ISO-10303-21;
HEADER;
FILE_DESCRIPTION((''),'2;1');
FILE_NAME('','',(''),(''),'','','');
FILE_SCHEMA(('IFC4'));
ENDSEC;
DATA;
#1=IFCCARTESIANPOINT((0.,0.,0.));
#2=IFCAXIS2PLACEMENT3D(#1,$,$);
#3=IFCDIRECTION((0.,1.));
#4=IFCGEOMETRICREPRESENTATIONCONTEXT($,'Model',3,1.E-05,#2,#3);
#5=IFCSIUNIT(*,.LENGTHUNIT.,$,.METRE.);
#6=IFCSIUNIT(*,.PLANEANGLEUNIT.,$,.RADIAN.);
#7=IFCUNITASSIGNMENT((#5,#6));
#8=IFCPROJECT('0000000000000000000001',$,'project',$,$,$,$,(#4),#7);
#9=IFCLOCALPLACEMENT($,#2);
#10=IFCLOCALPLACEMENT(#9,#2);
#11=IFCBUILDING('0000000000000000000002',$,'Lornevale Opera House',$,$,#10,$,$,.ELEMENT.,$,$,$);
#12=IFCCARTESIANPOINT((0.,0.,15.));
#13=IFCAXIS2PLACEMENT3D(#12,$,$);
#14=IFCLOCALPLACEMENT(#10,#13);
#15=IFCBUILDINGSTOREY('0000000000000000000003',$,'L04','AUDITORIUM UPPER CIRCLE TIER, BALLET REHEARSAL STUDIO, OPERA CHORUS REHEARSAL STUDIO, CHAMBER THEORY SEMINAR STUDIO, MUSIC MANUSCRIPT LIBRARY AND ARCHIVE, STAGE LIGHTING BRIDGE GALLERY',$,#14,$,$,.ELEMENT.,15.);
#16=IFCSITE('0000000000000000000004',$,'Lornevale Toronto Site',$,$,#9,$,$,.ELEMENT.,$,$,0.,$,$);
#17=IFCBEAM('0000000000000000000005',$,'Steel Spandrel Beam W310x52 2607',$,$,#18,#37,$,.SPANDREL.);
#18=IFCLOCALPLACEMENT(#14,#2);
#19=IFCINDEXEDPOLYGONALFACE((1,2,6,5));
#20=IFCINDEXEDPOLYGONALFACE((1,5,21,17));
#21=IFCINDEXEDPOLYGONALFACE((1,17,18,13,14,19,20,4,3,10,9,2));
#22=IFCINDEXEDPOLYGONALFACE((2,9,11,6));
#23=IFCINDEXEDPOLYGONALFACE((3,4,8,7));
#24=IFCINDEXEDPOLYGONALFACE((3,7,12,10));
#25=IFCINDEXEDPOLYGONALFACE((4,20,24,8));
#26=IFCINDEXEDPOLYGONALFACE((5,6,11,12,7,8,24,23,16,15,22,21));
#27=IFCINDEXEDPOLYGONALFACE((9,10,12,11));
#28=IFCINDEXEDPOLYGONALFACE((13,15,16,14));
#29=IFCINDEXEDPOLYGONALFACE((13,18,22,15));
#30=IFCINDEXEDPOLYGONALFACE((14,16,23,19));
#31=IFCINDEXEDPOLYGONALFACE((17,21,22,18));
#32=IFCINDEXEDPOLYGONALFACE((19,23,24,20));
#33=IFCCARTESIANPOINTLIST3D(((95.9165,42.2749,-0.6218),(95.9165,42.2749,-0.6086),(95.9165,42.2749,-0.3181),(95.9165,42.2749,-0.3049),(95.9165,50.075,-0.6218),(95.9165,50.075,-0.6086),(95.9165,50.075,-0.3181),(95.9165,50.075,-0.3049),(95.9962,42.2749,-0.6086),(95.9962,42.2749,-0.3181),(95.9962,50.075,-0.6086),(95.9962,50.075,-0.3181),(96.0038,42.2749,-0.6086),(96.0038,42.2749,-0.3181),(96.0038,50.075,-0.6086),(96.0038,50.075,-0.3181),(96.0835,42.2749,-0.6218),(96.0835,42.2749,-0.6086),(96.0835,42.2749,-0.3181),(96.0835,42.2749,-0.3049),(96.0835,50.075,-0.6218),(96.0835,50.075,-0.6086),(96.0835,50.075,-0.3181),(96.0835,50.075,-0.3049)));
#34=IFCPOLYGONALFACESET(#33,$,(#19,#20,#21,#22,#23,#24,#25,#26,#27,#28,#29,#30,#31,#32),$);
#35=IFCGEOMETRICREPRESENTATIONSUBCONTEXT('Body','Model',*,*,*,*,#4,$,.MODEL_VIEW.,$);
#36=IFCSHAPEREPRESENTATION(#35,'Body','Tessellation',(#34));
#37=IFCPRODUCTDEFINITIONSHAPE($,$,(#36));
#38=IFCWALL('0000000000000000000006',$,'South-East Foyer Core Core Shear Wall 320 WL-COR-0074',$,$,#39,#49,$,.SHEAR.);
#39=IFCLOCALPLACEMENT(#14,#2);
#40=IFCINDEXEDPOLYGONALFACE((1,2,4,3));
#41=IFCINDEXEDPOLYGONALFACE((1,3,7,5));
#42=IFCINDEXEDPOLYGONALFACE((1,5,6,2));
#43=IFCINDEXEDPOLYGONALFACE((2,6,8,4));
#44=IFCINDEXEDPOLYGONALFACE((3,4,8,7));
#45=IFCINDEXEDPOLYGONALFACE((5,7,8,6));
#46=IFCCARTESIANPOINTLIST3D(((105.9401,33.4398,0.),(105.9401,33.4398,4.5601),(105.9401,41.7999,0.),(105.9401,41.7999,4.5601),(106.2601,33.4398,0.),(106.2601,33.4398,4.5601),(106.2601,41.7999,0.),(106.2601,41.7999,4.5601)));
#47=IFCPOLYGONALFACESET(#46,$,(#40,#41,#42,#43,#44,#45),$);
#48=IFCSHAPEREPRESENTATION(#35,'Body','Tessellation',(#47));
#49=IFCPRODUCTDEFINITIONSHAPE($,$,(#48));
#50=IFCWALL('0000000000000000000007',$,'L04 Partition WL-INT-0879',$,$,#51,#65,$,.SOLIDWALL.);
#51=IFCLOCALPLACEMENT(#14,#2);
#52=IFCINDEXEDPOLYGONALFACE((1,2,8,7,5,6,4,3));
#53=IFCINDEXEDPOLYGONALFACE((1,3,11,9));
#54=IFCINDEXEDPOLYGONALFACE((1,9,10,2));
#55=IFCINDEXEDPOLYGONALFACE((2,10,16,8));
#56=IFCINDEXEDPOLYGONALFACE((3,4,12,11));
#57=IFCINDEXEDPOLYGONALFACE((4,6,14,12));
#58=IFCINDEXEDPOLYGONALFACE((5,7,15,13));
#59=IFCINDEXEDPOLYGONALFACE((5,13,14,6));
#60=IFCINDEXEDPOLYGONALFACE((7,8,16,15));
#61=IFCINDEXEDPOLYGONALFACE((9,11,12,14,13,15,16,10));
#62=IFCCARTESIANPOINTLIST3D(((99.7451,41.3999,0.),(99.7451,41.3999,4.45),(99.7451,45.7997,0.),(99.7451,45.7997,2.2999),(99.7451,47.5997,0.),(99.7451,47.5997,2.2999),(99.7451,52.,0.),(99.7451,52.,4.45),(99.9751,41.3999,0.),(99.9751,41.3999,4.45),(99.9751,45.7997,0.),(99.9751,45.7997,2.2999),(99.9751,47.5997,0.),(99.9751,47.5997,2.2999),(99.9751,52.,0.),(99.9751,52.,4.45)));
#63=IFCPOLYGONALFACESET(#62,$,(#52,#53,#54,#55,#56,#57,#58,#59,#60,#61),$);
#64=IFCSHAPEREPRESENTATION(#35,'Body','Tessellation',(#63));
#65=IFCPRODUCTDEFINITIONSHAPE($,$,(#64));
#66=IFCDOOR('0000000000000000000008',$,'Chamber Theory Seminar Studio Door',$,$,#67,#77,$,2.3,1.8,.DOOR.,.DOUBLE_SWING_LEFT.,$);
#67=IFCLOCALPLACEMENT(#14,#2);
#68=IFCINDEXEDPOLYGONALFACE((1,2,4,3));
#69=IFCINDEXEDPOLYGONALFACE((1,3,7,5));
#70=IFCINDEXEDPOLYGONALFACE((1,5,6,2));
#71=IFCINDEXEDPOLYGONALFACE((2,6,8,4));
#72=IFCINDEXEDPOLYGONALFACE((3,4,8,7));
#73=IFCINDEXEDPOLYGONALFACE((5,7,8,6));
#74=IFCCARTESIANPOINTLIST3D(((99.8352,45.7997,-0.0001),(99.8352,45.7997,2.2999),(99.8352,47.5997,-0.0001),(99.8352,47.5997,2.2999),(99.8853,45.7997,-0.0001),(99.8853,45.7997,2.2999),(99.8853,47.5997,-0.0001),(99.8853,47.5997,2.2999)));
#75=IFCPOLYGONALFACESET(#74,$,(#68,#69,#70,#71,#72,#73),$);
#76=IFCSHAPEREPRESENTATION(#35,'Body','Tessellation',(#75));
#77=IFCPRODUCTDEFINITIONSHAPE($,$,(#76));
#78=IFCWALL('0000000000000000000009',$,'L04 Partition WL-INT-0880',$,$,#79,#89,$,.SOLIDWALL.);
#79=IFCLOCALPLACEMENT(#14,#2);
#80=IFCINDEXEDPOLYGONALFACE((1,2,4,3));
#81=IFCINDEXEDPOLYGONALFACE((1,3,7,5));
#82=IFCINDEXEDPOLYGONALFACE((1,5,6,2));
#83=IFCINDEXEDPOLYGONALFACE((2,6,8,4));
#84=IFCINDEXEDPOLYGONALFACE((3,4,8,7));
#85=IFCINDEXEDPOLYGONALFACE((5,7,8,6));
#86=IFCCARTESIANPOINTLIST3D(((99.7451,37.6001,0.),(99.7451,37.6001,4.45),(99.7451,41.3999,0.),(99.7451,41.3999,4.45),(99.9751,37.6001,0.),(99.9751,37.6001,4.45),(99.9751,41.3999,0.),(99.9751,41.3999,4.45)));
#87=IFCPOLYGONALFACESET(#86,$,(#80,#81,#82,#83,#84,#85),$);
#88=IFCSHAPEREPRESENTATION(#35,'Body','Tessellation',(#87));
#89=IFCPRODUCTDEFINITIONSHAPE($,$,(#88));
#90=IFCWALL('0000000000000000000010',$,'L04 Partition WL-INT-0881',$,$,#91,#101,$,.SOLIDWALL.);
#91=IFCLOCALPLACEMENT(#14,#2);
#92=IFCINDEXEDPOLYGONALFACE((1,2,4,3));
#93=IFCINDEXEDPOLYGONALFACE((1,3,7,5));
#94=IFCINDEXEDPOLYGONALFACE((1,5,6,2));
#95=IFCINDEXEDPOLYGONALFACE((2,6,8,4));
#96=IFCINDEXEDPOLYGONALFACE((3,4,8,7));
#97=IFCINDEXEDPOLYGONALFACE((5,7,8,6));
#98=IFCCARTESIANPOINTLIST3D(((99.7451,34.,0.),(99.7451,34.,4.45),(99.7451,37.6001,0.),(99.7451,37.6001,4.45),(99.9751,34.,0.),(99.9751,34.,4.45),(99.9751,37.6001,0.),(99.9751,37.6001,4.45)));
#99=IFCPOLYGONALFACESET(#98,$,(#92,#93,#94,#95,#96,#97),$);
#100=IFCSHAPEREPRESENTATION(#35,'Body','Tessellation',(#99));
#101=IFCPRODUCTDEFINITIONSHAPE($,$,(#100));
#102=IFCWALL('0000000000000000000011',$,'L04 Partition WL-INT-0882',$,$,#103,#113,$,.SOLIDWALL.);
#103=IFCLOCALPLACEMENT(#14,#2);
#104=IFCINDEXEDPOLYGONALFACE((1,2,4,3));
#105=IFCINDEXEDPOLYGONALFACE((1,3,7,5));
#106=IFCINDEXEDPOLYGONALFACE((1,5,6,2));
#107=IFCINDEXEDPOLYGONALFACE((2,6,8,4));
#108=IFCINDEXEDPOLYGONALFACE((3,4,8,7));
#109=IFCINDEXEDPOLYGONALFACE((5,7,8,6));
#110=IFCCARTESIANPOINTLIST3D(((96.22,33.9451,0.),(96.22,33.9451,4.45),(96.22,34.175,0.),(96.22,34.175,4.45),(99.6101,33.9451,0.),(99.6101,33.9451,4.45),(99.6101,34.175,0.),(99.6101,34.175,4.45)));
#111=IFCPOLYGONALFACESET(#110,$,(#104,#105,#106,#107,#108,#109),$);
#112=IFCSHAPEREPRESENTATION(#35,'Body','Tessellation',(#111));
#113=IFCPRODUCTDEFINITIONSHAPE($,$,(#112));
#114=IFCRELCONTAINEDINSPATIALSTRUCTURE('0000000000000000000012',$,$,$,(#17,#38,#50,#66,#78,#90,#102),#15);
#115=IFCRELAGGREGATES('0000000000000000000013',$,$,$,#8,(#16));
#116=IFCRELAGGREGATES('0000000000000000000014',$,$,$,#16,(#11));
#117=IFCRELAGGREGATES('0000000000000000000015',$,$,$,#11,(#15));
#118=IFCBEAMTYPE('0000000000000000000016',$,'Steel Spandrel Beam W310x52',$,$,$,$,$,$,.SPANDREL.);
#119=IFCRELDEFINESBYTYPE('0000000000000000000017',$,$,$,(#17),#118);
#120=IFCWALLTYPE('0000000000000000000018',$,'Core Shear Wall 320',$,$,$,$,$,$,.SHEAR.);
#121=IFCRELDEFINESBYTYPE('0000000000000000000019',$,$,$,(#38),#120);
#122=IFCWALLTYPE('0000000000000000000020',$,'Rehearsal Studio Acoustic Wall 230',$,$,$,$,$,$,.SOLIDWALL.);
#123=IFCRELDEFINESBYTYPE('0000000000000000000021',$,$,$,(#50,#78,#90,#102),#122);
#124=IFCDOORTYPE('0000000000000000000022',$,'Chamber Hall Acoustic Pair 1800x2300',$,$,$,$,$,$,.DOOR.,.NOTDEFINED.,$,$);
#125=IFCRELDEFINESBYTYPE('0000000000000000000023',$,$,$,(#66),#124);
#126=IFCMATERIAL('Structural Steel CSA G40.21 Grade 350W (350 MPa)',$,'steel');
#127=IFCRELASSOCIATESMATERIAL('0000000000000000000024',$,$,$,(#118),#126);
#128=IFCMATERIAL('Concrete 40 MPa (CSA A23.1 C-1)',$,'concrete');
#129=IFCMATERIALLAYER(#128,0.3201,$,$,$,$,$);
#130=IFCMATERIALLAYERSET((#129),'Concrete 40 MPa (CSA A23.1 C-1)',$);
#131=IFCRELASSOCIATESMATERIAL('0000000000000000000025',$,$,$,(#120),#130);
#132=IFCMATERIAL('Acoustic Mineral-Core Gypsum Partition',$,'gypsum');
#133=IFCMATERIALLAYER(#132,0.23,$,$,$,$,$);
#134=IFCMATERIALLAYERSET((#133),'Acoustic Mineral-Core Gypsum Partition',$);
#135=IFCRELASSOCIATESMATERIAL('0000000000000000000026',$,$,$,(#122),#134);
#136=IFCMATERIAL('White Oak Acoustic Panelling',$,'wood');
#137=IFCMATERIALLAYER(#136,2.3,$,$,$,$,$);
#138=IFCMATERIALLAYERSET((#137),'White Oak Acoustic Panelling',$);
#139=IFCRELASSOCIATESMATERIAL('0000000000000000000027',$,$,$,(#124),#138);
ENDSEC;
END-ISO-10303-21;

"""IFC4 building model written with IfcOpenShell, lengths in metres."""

from ifc_helpers import new_model, si_unit, direction, frame, frame_2d, origin, origin_2d, place, context, subcontext, project, spatial, rectangle, i_section, extrude, material, layer, layer_set, material_profile, profile_set, type_object, element, fill, save


model = new_model("IFC4")

# Units and contexts
model_context = context("Model", 3, precision=1e-05, world=origin(), true_north=direction((0.0, 1.0)))
body_context = subcontext(model_context, "Body", "Model", "MODEL_VIEW")
ifc_project = project(units=[si_unit("LENGTHUNIT", "METRE"), si_unit("PLANEANGLEUNIT", "RADIAN")], contexts=[model_context])

# Site, building, storey
site_placement = place(None, origin())
site = spatial("IfcSite", under=ifc_project, at=site_placement, Name="Lornevale Toronto Site", CompositionType="ELEMENT", RefElevation=0.0)
building_placement = place(site_placement, origin())
building = spatial("IfcBuilding", under=site, at=building_placement, Name="Lornevale Opera House", CompositionType="ELEMENT")
storey_placement = place(building_placement, frame((0.0, 0.0, 15.0)))
storey = spatial("IfcBuildingStorey", under=building, at=storey_placement, Name="L04", Description="AUDITORIUM UPPER CIRCLE TIER, BALLET REHEARSAL STUDIO, OPERA CHORUS REHEARSAL STUDIO, CHAMBER THEORY SEMINAR STUDIO, MUSIC MANUSCRIPT LIBRARY AND ARCHIVE, STAGE LIGHTING BRIDGE GALLERY", CompositionType="ELEMENT", Elevation=15.0)

# Beam
ifc_material_1 = material(Name="Structural Steel CSA G40.21 Grade 350W (350 MPa)", Category="steel")
ifc_material_profile_1 = material_profile(ifc_material_1, i_section(OverallWidth=0.167, OverallDepth=0.3169, WebThickness=0.0076, FlangeThickness=0.0132, at=origin_2d()), Name="W310x52")
ifc_profile_set_1 = profile_set([ifc_material_profile_1], Name="Structural Steel CSA G40.21 Grade 350W (350 MPa)")
beam_type_1 = type_object("IfcBeamType", Name="Steel Spandrel Beam W310x52", PredefinedType="SPANDREL", material=ifc_profile_set_1)
beam_1_placement = place(storey_placement, frame((96.0, 42.2749, -0.4634), z_axis=(0.0, 1.0, 0.0), x_axis=(-1.0, 0.0, 0.0)))
element("IfcBeam", 1, at=beam_1_placement, inside=storey, type_object=beam_type_1, Name="Steel Spandrel Beam W310x52 2607", PredefinedType="SPANDREL", context=body_context, shape_type="SweptSolid", body=[
    extrude(i_section(OverallWidth=0.167, OverallDepth=0.3169, WebThickness=0.0076, FlangeThickness=0.0132, at=origin_2d()), origin(), (0.0, 0.0, 1.0), 7.8),
])

# Wall
ifc_material_2 = material(Name="Concrete 40 MPa (CSA A23.1 C-1)", Category="concrete")
ifc_layer_1 = layer(ifc_material_2, 0.3201)
ifc_layer_set_1 = layer_set([ifc_layer_1], Name="Concrete 40 MPa (CSA A23.1 C-1)")
wall_type_1 = type_object("IfcWallType", Name="Core Shear Wall 320", PredefinedType="SHEAR", material=ifc_layer_set_1)
wall_1_placement = place(storey_placement, frame((106.1001, 41.8, 0.0), z_axis=(0.0, 0.0, 1.0), x_axis=(0.0, -1.0, 0.0)))
element("IfcWall", 2, at=wall_1_placement, inside=storey, type_object=wall_type_1, Name="South-East Foyer Core Core Shear Wall 320 WL-COR-0074", PredefinedType="SHEAR", context=body_context, shape_type="SweptSolid", body=[
    extrude(rectangle(XDim=8.3601, YDim=0.3201, at=frame_2d((4.1802, 0.0))), origin(), (0.0, 0.0, 1.0), 4.5601),
])

# Wall, opening, door
ifc_material_3 = material(Name="Acoustic Mineral-Core Gypsum Partition", Category="gypsum")
ifc_layer_2 = layer(ifc_material_3, 0.23)
ifc_layer_set_2 = layer_set([ifc_layer_2], Name="Acoustic Mineral-Core Gypsum Partition")
wall_type_2 = type_object("IfcWallType", Name="Rehearsal Studio Acoustic Wall 230", PredefinedType="SOLIDWALL", material=ifc_layer_set_2)
wall_2_placement = place(storey_placement, frame((99.8601, 41.3999, 0.0), z_axis=(0.0, 0.0, 1.0), x_axis=(0.0, 1.0, 0.0)))
wall_2 = element("IfcWall", 3, at=wall_2_placement, inside=storey, type_object=wall_type_2, Name="L04 Partition WL-INT-0879", PredefinedType="SOLIDWALL", context=body_context, shape_type="SweptSolid", body=[
    extrude(rectangle(XDim=10.6001, YDim=0.23, at=frame_2d((5.3, 0.0))), origin(), (0.0, 0.0, 1.0), 4.45),
])
opening_placement = place(wall_2_placement, frame((4.3999, 0.0, 0.0)))
opening = element("IfcOpeningElement", 4, at=opening_placement, cuts=wall_2, PredefinedType="OPENING", context=body_context, shape_type="SweptSolid", body=[
    extrude(rectangle(XDim=1.8, YDim=2.3, at=frame_2d((0.8999, 1.1499))), frame((0.0, 0.125, 0.0), z_axis=(0.0, -1.0, 0.0), x_axis=(1.0, 0.0, 0.0)), (0.0, 0.0, 1.0), 0.25),
])
ifc_material_4 = material(Name="White Oak Acoustic Panelling", Category="wood")
ifc_layer_3 = layer(ifc_material_4, 2.3)
ifc_layer_set_3 = layer_set([ifc_layer_3], Name="White Oak Acoustic Panelling")
door_type = type_object("IfcDoorType", Name="Chamber Hall Acoustic Pair 1800x2300", OperationType="NOTDEFINED", PredefinedType="DOOR", material=ifc_layer_set_3)
door_placement = place(opening_placement, origin())
door = element("IfcDoor", 5, at=door_placement, inside=storey, type_object=door_type, Name="Chamber Theory Seminar Studio Door", OperationType="DOUBLE_SWING_LEFT", OverallHeight=2.3, OverallWidth=1.8, PredefinedType="DOOR", context=body_context, shape_type="SweptSolid", body=[
    extrude(rectangle(XDim=1.8, YDim=2.3, at=frame_2d((0.8999, 1.1499))), frame((0.0, 0.0249, 0.0), z_axis=(0.0, -1.0, 0.0), x_axis=(1.0, 0.0, 0.0)), (0.0, 0.0, 1.0), 0.05),
])
fill(opening, door)

# Walls
wall_3_placement = place(storey_placement, frame((99.8601, 37.6001, 0.0), z_axis=(0.0, 0.0, 1.0), x_axis=(0.0, 1.0, 0.0)))
element("IfcWall", 6, at=wall_3_placement, inside=storey, type_object=wall_type_2, Name="L04 Partition WL-INT-0880", PredefinedType="SOLIDWALL", context=body_context, shape_type="SweptSolid", body=[
    extrude(rectangle(XDim=3.7998, YDim=0.23, at=frame_2d((1.8999, 0.0))), origin(), (0.0, 0.0, 1.0), 4.45),
])
wall_4_placement = place(storey_placement, frame((99.8601, 34.0, 0.0), z_axis=(0.0, 0.0, 1.0), x_axis=(0.0, 1.0, 0.0)))
element("IfcWall", 7, at=wall_4_placement, inside=storey, type_object=wall_type_2, Name="L04 Partition WL-INT-0881", PredefinedType="SOLIDWALL", context=body_context, shape_type="SweptSolid", body=[
    extrude(rectangle(XDim=3.6001, YDim=0.23, at=frame_2d((1.8, 0.0))), origin(), (0.0, 0.0, 1.0), 4.45),
])
wall_5_placement = place(storey_placement, frame((96.22, 34.0601, 0.0), z_axis=(0.0, 0.0, 1.0), x_axis=(1.0, 0.0, 0.0)))
element("IfcWall", 8, at=wall_5_placement, inside=storey, type_object=wall_type_2, Name="L04 Partition WL-INT-0882", PredefinedType="SOLIDWALL", context=body_context, shape_type="SweptSolid", body=[
    extrude(rectangle(XDim=3.3901, YDim=0.23, at=frame_2d((1.6951, 0.0))), origin(), (0.0, 0.0, 1.0), 4.45),
])

save(model, "model.ifc")
